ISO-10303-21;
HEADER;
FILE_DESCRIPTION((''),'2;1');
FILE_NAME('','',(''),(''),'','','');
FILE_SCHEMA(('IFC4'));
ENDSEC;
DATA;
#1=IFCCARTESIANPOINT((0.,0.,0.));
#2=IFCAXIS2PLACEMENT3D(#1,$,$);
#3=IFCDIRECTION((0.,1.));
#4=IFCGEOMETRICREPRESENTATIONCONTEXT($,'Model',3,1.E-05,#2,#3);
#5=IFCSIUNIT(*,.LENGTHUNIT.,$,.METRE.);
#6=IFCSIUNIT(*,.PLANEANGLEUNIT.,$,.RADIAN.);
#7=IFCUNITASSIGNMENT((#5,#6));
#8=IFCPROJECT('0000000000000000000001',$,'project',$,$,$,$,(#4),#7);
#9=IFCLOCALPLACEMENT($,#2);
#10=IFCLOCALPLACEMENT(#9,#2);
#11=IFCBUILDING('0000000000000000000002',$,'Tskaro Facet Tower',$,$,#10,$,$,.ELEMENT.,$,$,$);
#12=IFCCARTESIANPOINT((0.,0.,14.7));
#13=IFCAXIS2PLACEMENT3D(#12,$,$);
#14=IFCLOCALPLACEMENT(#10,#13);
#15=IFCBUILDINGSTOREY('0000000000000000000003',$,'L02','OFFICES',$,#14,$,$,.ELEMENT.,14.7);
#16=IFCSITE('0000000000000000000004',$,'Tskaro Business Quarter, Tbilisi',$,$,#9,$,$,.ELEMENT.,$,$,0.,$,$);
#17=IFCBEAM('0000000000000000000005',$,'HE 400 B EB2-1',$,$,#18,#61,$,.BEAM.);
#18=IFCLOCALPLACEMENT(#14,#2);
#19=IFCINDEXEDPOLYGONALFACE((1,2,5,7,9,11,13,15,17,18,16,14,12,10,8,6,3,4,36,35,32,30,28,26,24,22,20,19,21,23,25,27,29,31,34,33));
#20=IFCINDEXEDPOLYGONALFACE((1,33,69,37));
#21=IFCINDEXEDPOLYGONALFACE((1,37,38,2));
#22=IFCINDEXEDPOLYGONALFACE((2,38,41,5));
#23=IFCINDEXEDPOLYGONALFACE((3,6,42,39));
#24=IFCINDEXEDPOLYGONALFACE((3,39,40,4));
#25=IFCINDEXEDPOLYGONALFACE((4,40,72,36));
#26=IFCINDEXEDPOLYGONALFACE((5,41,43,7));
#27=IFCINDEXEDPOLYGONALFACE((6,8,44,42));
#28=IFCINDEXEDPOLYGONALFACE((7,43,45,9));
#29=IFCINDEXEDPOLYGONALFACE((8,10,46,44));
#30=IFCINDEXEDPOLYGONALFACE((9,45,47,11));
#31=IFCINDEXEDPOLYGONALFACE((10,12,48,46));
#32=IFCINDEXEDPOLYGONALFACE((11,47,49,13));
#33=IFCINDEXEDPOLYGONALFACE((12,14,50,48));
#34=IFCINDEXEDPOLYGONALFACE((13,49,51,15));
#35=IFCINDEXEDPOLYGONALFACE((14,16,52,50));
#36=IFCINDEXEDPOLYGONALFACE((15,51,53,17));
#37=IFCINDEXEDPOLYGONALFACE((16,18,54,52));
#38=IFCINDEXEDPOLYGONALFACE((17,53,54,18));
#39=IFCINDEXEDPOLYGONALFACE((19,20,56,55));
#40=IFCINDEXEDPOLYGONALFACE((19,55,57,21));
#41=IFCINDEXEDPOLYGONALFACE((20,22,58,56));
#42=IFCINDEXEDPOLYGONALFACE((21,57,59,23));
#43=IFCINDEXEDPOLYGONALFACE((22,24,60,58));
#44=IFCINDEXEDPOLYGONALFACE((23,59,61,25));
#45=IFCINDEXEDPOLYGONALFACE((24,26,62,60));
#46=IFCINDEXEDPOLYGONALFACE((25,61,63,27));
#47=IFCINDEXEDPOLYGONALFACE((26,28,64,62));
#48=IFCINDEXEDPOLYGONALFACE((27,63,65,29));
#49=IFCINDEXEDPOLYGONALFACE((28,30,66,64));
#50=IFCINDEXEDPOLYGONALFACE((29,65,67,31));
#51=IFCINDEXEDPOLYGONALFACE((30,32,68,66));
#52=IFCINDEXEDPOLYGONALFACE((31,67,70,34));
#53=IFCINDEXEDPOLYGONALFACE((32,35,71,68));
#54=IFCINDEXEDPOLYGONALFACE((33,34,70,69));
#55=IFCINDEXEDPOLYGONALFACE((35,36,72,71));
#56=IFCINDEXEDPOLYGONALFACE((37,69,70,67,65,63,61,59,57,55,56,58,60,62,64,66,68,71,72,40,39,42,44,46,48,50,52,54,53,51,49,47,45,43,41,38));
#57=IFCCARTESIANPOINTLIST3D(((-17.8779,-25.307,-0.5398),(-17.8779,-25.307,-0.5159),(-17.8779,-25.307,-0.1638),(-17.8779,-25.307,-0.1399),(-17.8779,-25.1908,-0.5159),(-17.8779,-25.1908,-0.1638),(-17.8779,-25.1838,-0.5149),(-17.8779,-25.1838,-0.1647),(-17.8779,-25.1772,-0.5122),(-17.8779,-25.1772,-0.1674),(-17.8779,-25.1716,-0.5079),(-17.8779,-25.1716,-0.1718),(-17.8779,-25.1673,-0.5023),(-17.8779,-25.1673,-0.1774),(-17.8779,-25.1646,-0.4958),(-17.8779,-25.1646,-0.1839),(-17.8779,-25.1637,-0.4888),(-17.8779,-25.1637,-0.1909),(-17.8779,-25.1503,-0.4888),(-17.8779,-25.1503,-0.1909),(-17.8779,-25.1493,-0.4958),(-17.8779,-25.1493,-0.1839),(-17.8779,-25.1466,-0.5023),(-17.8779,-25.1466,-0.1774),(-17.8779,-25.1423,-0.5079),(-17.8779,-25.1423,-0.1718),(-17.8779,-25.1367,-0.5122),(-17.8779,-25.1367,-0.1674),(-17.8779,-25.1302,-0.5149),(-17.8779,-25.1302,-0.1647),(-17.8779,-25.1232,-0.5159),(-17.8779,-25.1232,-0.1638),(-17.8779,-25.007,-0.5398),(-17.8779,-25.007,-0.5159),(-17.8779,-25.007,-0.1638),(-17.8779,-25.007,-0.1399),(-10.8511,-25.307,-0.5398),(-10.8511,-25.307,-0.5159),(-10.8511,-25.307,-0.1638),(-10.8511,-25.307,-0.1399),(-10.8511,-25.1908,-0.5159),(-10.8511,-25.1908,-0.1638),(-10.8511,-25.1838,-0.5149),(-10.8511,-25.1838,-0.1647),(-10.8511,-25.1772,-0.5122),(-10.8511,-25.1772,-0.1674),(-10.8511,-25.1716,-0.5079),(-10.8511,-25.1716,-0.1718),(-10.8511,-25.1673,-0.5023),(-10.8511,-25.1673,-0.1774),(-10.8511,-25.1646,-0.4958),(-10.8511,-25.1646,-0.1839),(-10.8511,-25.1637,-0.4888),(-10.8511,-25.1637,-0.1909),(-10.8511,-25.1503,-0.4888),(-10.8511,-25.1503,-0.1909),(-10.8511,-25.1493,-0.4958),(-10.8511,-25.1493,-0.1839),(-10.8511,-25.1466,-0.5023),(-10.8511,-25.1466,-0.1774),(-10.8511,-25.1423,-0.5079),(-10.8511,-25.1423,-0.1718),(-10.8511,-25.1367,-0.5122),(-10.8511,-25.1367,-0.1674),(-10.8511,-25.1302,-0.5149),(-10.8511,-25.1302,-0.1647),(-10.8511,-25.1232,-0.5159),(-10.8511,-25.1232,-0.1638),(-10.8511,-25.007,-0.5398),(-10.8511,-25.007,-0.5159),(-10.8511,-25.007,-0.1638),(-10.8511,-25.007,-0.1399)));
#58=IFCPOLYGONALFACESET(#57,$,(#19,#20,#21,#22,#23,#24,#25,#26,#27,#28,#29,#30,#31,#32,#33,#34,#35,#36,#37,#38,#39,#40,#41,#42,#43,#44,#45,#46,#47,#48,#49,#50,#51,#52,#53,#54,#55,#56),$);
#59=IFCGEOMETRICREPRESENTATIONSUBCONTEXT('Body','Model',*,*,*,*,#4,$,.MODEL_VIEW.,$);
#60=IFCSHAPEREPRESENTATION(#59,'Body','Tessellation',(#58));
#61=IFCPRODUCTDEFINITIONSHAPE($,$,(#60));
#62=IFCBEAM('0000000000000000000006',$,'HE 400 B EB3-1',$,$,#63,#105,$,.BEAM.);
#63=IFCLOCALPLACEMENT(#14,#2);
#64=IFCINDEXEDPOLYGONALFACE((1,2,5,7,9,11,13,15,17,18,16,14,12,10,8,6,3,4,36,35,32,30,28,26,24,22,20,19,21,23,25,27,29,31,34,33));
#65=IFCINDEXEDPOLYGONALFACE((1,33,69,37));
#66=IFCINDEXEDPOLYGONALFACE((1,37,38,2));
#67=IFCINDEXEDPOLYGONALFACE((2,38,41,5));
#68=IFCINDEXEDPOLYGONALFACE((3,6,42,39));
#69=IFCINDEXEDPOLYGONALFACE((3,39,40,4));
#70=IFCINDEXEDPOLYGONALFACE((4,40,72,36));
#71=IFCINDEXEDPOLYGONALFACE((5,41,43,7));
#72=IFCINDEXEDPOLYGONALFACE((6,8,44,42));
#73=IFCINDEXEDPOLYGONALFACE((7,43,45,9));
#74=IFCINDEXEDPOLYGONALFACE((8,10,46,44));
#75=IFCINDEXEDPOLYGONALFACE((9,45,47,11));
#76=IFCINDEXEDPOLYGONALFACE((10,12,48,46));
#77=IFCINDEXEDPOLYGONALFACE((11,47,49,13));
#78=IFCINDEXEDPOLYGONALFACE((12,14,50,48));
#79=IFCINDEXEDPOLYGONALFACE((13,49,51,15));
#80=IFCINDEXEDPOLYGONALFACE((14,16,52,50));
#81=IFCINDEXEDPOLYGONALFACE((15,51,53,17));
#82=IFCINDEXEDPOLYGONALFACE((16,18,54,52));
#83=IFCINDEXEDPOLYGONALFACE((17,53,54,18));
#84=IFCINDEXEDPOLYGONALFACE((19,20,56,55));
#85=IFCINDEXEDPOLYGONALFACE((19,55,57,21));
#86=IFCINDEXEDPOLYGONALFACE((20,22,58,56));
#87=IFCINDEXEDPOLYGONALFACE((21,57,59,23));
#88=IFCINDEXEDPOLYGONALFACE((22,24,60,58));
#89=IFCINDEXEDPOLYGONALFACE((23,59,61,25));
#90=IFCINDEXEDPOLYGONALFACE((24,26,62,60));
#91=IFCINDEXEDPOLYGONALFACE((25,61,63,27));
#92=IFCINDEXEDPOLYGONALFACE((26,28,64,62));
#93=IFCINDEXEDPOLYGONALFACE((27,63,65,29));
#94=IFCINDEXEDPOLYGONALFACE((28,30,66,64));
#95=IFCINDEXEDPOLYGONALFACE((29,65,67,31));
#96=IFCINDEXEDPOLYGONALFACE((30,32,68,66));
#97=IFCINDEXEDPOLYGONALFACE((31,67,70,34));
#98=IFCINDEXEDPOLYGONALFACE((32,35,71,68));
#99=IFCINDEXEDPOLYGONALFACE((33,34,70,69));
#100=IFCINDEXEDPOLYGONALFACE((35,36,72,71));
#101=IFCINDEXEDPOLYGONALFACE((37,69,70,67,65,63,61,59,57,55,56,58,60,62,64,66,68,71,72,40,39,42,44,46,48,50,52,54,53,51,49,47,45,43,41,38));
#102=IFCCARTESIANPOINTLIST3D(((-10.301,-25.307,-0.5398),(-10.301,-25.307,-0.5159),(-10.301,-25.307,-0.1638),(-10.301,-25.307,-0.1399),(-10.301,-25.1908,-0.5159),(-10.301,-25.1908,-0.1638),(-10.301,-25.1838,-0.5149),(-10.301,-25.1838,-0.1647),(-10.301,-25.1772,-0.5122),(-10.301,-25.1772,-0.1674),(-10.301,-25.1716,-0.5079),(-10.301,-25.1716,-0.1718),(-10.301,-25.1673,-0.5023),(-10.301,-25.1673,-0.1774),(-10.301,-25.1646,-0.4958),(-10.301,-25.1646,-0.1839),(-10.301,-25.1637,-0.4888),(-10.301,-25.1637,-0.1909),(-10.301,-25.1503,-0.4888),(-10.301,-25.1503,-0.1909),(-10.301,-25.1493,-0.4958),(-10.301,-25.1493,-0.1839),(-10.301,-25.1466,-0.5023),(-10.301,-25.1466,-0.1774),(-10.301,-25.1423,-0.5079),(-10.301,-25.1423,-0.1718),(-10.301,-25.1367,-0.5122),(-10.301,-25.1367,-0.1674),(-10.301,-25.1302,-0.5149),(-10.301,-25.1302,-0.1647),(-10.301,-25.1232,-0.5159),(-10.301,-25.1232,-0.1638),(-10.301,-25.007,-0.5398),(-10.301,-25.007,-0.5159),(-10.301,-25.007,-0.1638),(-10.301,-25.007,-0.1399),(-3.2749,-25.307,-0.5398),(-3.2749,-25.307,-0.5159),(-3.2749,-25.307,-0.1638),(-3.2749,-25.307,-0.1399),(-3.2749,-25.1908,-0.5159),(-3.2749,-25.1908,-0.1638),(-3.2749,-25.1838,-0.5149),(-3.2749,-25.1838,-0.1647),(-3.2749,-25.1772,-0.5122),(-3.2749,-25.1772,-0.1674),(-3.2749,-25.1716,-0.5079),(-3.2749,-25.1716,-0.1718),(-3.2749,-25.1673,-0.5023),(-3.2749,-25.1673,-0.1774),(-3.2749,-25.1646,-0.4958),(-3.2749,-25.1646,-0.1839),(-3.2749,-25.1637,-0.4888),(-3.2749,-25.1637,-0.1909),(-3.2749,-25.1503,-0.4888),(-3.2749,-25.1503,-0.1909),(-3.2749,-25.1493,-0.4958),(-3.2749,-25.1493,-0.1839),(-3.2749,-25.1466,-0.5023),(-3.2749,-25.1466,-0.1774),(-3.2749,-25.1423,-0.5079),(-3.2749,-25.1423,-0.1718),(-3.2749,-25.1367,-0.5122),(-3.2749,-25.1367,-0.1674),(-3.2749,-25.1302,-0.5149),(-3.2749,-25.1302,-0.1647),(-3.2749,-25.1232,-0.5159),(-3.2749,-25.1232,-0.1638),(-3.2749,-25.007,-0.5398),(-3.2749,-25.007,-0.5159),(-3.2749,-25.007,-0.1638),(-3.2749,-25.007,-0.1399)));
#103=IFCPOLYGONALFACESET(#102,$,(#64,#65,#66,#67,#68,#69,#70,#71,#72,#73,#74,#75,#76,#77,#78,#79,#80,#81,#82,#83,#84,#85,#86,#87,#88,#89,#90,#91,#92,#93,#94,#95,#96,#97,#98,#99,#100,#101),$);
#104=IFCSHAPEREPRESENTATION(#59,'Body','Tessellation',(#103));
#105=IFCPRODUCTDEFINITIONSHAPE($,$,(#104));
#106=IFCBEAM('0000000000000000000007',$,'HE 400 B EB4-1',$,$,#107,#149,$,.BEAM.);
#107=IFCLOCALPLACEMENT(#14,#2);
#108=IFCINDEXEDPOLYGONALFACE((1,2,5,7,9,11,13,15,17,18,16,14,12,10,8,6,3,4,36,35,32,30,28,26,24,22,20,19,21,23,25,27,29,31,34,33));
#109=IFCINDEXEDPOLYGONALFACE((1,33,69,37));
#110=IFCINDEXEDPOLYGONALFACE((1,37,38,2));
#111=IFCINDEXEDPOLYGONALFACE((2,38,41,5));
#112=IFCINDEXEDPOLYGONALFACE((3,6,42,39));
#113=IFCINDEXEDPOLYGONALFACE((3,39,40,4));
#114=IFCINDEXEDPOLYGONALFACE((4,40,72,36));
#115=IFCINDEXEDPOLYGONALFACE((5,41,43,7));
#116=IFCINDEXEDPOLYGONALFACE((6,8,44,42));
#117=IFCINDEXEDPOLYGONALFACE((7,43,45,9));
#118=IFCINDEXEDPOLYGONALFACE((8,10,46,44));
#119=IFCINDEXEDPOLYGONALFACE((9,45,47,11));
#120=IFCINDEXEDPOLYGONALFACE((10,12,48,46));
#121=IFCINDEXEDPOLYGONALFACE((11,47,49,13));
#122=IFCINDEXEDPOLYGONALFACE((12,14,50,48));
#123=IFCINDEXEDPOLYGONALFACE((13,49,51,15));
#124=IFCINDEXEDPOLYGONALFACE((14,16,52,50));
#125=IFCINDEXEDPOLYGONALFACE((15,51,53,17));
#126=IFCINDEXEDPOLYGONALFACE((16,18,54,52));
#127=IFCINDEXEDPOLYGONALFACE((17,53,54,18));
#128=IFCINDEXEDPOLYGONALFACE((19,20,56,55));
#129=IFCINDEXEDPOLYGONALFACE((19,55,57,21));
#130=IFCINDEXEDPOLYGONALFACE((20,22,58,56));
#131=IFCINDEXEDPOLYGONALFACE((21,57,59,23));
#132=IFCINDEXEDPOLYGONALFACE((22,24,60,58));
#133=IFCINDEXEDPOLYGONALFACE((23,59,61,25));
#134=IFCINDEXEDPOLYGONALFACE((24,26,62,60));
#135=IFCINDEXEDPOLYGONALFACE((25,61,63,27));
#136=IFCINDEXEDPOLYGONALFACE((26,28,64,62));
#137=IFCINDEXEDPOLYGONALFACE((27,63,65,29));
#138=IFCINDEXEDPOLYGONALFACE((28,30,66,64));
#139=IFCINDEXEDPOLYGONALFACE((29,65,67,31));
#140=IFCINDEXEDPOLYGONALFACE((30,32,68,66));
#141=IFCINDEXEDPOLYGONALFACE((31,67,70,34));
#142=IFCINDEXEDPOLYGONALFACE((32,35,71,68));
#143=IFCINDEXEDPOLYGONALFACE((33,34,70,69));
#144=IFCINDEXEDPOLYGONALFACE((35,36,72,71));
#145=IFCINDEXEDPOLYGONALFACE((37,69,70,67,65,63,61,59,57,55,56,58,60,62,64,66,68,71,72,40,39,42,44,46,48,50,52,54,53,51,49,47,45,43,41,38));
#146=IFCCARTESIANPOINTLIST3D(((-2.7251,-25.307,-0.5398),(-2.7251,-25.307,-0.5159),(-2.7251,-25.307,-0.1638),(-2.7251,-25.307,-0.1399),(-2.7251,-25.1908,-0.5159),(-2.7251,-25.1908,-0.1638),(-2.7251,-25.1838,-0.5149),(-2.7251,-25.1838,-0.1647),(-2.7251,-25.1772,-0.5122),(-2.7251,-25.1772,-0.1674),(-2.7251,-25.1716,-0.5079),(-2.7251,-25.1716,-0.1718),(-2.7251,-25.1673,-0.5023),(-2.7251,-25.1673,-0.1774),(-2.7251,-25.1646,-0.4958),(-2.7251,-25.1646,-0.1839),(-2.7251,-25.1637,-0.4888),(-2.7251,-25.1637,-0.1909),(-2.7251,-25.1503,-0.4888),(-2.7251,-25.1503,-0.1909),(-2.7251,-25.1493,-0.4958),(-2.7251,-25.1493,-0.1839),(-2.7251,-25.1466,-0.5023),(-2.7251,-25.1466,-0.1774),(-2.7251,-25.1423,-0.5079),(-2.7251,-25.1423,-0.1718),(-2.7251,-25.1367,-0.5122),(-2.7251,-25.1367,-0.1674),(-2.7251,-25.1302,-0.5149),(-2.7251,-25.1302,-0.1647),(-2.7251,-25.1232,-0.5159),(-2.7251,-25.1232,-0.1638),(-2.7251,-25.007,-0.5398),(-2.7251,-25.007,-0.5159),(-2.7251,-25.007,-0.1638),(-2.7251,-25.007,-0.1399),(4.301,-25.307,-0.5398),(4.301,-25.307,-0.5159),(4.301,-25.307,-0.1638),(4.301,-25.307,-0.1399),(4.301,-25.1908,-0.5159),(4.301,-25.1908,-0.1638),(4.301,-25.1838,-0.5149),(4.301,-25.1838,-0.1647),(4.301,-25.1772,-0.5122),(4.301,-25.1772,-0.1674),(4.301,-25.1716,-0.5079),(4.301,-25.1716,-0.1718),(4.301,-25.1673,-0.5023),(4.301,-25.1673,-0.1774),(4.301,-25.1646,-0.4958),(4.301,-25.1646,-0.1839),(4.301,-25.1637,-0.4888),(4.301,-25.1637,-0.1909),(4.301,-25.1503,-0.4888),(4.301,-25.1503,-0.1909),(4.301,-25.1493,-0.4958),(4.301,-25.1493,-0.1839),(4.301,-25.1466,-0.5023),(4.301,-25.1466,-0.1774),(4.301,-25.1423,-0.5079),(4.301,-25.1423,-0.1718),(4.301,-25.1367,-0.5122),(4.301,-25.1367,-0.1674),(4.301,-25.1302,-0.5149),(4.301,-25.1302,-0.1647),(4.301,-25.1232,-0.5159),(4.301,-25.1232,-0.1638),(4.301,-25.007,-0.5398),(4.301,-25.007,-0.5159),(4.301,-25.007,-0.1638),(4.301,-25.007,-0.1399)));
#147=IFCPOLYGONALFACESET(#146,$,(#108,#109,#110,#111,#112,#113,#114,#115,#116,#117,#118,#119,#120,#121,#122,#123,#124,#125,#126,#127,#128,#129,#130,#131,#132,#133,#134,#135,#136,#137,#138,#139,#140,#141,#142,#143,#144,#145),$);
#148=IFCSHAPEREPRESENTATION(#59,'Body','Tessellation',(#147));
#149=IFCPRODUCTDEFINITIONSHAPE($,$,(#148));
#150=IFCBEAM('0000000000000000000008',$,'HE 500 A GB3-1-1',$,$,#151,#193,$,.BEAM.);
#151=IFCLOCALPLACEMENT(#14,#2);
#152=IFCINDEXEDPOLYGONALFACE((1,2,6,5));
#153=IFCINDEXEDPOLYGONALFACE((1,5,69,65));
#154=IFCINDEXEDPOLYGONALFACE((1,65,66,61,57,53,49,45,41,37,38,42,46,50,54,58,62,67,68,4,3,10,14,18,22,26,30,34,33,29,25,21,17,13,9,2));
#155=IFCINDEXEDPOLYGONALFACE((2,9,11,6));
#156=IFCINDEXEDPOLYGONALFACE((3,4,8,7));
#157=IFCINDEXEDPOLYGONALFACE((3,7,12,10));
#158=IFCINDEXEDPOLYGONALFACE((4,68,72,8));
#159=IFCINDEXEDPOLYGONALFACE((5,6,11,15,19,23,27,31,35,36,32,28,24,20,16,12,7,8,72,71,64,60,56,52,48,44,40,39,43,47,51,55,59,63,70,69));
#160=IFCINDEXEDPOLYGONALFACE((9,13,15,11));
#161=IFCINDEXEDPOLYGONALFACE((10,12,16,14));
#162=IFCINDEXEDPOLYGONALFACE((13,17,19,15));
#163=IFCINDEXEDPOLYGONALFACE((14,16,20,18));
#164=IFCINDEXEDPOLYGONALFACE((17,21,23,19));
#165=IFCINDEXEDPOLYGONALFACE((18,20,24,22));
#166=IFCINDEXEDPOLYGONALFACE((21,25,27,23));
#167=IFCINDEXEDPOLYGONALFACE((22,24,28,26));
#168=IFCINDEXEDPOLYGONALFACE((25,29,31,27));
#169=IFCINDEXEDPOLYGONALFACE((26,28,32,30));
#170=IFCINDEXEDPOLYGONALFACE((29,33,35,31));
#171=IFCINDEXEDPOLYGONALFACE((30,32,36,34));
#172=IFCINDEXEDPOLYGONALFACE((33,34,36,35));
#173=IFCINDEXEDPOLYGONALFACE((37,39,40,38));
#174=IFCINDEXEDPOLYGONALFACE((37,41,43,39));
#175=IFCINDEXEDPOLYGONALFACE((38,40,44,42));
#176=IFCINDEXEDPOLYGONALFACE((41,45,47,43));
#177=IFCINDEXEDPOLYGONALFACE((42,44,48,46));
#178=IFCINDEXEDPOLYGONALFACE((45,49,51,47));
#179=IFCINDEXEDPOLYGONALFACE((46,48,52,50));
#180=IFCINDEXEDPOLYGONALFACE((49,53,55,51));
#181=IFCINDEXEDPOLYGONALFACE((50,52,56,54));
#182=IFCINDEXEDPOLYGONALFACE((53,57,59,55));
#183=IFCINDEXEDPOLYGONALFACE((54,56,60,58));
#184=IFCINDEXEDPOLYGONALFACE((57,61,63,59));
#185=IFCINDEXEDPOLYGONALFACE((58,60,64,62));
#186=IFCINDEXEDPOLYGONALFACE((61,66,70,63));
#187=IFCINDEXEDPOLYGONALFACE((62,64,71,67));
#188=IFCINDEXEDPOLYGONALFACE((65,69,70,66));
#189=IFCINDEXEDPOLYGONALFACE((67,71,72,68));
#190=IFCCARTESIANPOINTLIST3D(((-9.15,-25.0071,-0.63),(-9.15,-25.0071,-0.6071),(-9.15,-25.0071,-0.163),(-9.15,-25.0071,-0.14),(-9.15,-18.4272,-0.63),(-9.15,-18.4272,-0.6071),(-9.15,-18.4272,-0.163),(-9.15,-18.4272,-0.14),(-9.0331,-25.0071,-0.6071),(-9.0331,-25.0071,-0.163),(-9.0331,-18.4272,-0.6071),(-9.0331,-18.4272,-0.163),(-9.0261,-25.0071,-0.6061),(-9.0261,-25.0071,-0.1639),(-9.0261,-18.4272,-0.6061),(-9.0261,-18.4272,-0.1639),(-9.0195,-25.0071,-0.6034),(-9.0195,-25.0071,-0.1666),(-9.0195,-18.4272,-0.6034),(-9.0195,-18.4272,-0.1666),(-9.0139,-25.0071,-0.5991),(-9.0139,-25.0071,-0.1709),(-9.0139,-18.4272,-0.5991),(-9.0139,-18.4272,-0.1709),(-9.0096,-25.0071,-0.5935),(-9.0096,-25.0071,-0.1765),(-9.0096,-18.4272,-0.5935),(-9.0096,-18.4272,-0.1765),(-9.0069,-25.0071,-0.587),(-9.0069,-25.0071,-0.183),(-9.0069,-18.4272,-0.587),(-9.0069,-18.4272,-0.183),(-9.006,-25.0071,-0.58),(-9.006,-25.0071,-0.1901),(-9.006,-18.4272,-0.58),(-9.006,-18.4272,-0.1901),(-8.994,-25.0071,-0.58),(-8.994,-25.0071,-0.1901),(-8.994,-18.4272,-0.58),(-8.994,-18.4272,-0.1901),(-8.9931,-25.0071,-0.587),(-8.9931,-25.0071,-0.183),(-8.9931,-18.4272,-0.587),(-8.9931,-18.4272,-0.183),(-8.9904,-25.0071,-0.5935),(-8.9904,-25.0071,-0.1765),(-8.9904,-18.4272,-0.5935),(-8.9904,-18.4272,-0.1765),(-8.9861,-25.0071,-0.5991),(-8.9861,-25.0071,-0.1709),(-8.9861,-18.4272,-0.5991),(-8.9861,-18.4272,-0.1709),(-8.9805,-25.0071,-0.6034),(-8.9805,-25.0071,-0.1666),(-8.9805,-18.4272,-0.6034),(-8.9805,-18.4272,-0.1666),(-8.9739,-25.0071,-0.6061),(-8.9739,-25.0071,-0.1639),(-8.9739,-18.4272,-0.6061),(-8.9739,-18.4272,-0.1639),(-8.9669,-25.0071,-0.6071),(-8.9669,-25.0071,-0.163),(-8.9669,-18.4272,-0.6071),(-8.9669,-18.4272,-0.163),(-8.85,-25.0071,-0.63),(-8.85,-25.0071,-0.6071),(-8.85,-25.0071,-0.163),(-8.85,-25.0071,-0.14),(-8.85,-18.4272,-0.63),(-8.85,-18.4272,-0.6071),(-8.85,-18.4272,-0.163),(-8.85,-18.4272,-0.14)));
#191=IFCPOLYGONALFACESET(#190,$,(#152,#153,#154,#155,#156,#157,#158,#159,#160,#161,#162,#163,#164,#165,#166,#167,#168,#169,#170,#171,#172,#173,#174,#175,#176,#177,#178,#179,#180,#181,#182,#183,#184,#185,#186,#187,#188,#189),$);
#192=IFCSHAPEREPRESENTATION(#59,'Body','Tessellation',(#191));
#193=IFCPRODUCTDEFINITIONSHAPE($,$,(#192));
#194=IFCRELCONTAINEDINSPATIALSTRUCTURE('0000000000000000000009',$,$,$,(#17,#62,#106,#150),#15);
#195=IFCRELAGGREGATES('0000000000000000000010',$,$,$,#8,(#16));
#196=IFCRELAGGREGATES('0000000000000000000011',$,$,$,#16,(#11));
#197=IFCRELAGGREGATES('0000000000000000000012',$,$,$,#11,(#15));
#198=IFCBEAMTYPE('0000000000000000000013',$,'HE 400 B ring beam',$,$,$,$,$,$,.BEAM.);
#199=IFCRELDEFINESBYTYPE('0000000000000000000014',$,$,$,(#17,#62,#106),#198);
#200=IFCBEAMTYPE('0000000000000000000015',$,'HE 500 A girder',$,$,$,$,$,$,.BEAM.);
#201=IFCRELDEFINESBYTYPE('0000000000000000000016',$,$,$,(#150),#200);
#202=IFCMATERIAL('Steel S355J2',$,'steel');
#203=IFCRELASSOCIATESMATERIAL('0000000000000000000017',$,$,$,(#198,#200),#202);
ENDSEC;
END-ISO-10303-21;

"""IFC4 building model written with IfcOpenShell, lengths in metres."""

from ifc_helpers import new_model, si_unit, direction, frame, origin, origin_2d, place, context, subcontext, project, spatial, i_section, extrude, material, material_profile, profile_set, type_object, element, save


model = new_model("IFC4")

# Units and contexts
model_context = context("Model", 3, precision=1e-05, world=origin(), true_north=direction((0.0, 1.0)))
body_context = subcontext(model_context, "Body", "Model", "MODEL_VIEW")
ifc_project = project(units=[si_unit("LENGTHUNIT", "METRE"), si_unit("PLANEANGLEUNIT", "RADIAN")], contexts=[model_context])

# Site, building, storey
site_placement = place(None, origin())
site = spatial("IfcSite", under=ifc_project, at=site_placement, Name="Tskaro Business Quarter, Tbilisi", CompositionType="ELEMENT", RefElevation=0.0)
building_placement = place(site_placement, origin())
building = spatial("IfcBuilding", under=site, at=building_placement, Name="Tskaro Facet Tower", CompositionType="ELEMENT")
storey_placement = place(building_placement, frame((0.0, 0.0, 14.7)))
storey = spatial("IfcBuildingStorey", under=building, at=storey_placement, Name="L02", Description="OFFICES", CompositionType="ELEMENT", Elevation=14.7)

# Beams
ifc_material_1 = material(Name="Steel S355J2", Category="steel")
ifc_material_profile_1 = material_profile(ifc_material_1, i_section(OverallWidth=0.3, OverallDepth=0.3999, WebThickness=0.0134, FlangeThickness=0.0239, FilletRadius=0.0271, at=origin_2d()), Name="HE 400 B")
ifc_profile_set_1 = profile_set([ifc_material_profile_1], Name="Steel S355J2")
beam_type_1 = type_object("IfcBeamType", Name="HE 400 B ring beam", PredefinedType="BEAM", material=ifc_profile_set_1)
beam_1_placement = place(storey_placement, frame((-17.8779, -25.157, -0.3398), z_axis=(1.0, 0.0, 0.0), x_axis=(0.0, 1.0, 0.0)))
element("IfcBeam", 1, at=beam_1_placement, inside=storey, type_object=beam_type_1, Name="HE 400 B EB2-1", PredefinedType="BEAM", context=body_context, shape_type="SweptSolid", body=[
    extrude(i_section(OverallWidth=0.3, OverallDepth=0.3999, WebThickness=0.0134, FlangeThickness=0.0239, FilletRadius=0.0271, at=origin_2d()), origin(), (0.0, 0.0, 1.0), 7.0269),
])
for number, where, z_axis, x_axis, name in (
    (2, (-10.301, -25.157, -0.3398), (1.0, 0.0, 0.0), (0.0, 1.0, 0.0), "HE 400 B EB3-1"),
    (3, (-2.7251, -25.157, -0.3398), (1.0, 0.0, 0.0), (0.0, 1.0, 0.0), "HE 400 B EB4-1"),
):
    element("IfcBeam", number, at=place(storey_placement, frame(where, z_axis=z_axis, x_axis=x_axis)), inside=storey, type_object=beam_type_1, Name=name, PredefinedType="BEAM", context=body_context, shape_type="SweptSolid", body=[
        extrude(i_section(OverallWidth=0.3, OverallDepth=0.3999, WebThickness=0.0134, FlangeThickness=0.0239, FilletRadius=0.0271, at=origin_2d()), origin(), (0.0, 0.0, 1.0), 7.0261),
    ])
ifc_material_profile_2 = material_profile(ifc_material_1, i_section(OverallWidth=0.3, OverallDepth=0.49, WebThickness=0.012, FlangeThickness=0.0229, FilletRadius=0.0271, at=origin_2d()), Name="HE 500 A")
ifc_profile_set_2 = profile_set([ifc_material_profile_2], Name="Steel S355J2")
beam_type_2 = type_object("IfcBeamType", Name="HE 500 A girder", PredefinedType="BEAM", material=ifc_profile_set_2)
beam_2_placement = place(storey_placement, frame((-9.0, -25.0071, -0.385), z_axis=(0.0, 1.0, 0.0), x_axis=(-1.0, 0.0, 0.0)))
element("IfcBeam", 4, at=beam_2_placement, inside=storey, type_object=beam_type_2, Name="HE 500 A GB3-1-1", PredefinedType="BEAM", context=body_context, shape_type="SweptSolid", body=[
    extrude(i_section(OverallWidth=0.3, OverallDepth=0.49, WebThickness=0.012, FlangeThickness=0.0229, FilletRadius=0.0271, at=origin_2d()), origin(), (0.0, 0.0, 1.0), 6.5798),
])

save(model, "model.ifc")
